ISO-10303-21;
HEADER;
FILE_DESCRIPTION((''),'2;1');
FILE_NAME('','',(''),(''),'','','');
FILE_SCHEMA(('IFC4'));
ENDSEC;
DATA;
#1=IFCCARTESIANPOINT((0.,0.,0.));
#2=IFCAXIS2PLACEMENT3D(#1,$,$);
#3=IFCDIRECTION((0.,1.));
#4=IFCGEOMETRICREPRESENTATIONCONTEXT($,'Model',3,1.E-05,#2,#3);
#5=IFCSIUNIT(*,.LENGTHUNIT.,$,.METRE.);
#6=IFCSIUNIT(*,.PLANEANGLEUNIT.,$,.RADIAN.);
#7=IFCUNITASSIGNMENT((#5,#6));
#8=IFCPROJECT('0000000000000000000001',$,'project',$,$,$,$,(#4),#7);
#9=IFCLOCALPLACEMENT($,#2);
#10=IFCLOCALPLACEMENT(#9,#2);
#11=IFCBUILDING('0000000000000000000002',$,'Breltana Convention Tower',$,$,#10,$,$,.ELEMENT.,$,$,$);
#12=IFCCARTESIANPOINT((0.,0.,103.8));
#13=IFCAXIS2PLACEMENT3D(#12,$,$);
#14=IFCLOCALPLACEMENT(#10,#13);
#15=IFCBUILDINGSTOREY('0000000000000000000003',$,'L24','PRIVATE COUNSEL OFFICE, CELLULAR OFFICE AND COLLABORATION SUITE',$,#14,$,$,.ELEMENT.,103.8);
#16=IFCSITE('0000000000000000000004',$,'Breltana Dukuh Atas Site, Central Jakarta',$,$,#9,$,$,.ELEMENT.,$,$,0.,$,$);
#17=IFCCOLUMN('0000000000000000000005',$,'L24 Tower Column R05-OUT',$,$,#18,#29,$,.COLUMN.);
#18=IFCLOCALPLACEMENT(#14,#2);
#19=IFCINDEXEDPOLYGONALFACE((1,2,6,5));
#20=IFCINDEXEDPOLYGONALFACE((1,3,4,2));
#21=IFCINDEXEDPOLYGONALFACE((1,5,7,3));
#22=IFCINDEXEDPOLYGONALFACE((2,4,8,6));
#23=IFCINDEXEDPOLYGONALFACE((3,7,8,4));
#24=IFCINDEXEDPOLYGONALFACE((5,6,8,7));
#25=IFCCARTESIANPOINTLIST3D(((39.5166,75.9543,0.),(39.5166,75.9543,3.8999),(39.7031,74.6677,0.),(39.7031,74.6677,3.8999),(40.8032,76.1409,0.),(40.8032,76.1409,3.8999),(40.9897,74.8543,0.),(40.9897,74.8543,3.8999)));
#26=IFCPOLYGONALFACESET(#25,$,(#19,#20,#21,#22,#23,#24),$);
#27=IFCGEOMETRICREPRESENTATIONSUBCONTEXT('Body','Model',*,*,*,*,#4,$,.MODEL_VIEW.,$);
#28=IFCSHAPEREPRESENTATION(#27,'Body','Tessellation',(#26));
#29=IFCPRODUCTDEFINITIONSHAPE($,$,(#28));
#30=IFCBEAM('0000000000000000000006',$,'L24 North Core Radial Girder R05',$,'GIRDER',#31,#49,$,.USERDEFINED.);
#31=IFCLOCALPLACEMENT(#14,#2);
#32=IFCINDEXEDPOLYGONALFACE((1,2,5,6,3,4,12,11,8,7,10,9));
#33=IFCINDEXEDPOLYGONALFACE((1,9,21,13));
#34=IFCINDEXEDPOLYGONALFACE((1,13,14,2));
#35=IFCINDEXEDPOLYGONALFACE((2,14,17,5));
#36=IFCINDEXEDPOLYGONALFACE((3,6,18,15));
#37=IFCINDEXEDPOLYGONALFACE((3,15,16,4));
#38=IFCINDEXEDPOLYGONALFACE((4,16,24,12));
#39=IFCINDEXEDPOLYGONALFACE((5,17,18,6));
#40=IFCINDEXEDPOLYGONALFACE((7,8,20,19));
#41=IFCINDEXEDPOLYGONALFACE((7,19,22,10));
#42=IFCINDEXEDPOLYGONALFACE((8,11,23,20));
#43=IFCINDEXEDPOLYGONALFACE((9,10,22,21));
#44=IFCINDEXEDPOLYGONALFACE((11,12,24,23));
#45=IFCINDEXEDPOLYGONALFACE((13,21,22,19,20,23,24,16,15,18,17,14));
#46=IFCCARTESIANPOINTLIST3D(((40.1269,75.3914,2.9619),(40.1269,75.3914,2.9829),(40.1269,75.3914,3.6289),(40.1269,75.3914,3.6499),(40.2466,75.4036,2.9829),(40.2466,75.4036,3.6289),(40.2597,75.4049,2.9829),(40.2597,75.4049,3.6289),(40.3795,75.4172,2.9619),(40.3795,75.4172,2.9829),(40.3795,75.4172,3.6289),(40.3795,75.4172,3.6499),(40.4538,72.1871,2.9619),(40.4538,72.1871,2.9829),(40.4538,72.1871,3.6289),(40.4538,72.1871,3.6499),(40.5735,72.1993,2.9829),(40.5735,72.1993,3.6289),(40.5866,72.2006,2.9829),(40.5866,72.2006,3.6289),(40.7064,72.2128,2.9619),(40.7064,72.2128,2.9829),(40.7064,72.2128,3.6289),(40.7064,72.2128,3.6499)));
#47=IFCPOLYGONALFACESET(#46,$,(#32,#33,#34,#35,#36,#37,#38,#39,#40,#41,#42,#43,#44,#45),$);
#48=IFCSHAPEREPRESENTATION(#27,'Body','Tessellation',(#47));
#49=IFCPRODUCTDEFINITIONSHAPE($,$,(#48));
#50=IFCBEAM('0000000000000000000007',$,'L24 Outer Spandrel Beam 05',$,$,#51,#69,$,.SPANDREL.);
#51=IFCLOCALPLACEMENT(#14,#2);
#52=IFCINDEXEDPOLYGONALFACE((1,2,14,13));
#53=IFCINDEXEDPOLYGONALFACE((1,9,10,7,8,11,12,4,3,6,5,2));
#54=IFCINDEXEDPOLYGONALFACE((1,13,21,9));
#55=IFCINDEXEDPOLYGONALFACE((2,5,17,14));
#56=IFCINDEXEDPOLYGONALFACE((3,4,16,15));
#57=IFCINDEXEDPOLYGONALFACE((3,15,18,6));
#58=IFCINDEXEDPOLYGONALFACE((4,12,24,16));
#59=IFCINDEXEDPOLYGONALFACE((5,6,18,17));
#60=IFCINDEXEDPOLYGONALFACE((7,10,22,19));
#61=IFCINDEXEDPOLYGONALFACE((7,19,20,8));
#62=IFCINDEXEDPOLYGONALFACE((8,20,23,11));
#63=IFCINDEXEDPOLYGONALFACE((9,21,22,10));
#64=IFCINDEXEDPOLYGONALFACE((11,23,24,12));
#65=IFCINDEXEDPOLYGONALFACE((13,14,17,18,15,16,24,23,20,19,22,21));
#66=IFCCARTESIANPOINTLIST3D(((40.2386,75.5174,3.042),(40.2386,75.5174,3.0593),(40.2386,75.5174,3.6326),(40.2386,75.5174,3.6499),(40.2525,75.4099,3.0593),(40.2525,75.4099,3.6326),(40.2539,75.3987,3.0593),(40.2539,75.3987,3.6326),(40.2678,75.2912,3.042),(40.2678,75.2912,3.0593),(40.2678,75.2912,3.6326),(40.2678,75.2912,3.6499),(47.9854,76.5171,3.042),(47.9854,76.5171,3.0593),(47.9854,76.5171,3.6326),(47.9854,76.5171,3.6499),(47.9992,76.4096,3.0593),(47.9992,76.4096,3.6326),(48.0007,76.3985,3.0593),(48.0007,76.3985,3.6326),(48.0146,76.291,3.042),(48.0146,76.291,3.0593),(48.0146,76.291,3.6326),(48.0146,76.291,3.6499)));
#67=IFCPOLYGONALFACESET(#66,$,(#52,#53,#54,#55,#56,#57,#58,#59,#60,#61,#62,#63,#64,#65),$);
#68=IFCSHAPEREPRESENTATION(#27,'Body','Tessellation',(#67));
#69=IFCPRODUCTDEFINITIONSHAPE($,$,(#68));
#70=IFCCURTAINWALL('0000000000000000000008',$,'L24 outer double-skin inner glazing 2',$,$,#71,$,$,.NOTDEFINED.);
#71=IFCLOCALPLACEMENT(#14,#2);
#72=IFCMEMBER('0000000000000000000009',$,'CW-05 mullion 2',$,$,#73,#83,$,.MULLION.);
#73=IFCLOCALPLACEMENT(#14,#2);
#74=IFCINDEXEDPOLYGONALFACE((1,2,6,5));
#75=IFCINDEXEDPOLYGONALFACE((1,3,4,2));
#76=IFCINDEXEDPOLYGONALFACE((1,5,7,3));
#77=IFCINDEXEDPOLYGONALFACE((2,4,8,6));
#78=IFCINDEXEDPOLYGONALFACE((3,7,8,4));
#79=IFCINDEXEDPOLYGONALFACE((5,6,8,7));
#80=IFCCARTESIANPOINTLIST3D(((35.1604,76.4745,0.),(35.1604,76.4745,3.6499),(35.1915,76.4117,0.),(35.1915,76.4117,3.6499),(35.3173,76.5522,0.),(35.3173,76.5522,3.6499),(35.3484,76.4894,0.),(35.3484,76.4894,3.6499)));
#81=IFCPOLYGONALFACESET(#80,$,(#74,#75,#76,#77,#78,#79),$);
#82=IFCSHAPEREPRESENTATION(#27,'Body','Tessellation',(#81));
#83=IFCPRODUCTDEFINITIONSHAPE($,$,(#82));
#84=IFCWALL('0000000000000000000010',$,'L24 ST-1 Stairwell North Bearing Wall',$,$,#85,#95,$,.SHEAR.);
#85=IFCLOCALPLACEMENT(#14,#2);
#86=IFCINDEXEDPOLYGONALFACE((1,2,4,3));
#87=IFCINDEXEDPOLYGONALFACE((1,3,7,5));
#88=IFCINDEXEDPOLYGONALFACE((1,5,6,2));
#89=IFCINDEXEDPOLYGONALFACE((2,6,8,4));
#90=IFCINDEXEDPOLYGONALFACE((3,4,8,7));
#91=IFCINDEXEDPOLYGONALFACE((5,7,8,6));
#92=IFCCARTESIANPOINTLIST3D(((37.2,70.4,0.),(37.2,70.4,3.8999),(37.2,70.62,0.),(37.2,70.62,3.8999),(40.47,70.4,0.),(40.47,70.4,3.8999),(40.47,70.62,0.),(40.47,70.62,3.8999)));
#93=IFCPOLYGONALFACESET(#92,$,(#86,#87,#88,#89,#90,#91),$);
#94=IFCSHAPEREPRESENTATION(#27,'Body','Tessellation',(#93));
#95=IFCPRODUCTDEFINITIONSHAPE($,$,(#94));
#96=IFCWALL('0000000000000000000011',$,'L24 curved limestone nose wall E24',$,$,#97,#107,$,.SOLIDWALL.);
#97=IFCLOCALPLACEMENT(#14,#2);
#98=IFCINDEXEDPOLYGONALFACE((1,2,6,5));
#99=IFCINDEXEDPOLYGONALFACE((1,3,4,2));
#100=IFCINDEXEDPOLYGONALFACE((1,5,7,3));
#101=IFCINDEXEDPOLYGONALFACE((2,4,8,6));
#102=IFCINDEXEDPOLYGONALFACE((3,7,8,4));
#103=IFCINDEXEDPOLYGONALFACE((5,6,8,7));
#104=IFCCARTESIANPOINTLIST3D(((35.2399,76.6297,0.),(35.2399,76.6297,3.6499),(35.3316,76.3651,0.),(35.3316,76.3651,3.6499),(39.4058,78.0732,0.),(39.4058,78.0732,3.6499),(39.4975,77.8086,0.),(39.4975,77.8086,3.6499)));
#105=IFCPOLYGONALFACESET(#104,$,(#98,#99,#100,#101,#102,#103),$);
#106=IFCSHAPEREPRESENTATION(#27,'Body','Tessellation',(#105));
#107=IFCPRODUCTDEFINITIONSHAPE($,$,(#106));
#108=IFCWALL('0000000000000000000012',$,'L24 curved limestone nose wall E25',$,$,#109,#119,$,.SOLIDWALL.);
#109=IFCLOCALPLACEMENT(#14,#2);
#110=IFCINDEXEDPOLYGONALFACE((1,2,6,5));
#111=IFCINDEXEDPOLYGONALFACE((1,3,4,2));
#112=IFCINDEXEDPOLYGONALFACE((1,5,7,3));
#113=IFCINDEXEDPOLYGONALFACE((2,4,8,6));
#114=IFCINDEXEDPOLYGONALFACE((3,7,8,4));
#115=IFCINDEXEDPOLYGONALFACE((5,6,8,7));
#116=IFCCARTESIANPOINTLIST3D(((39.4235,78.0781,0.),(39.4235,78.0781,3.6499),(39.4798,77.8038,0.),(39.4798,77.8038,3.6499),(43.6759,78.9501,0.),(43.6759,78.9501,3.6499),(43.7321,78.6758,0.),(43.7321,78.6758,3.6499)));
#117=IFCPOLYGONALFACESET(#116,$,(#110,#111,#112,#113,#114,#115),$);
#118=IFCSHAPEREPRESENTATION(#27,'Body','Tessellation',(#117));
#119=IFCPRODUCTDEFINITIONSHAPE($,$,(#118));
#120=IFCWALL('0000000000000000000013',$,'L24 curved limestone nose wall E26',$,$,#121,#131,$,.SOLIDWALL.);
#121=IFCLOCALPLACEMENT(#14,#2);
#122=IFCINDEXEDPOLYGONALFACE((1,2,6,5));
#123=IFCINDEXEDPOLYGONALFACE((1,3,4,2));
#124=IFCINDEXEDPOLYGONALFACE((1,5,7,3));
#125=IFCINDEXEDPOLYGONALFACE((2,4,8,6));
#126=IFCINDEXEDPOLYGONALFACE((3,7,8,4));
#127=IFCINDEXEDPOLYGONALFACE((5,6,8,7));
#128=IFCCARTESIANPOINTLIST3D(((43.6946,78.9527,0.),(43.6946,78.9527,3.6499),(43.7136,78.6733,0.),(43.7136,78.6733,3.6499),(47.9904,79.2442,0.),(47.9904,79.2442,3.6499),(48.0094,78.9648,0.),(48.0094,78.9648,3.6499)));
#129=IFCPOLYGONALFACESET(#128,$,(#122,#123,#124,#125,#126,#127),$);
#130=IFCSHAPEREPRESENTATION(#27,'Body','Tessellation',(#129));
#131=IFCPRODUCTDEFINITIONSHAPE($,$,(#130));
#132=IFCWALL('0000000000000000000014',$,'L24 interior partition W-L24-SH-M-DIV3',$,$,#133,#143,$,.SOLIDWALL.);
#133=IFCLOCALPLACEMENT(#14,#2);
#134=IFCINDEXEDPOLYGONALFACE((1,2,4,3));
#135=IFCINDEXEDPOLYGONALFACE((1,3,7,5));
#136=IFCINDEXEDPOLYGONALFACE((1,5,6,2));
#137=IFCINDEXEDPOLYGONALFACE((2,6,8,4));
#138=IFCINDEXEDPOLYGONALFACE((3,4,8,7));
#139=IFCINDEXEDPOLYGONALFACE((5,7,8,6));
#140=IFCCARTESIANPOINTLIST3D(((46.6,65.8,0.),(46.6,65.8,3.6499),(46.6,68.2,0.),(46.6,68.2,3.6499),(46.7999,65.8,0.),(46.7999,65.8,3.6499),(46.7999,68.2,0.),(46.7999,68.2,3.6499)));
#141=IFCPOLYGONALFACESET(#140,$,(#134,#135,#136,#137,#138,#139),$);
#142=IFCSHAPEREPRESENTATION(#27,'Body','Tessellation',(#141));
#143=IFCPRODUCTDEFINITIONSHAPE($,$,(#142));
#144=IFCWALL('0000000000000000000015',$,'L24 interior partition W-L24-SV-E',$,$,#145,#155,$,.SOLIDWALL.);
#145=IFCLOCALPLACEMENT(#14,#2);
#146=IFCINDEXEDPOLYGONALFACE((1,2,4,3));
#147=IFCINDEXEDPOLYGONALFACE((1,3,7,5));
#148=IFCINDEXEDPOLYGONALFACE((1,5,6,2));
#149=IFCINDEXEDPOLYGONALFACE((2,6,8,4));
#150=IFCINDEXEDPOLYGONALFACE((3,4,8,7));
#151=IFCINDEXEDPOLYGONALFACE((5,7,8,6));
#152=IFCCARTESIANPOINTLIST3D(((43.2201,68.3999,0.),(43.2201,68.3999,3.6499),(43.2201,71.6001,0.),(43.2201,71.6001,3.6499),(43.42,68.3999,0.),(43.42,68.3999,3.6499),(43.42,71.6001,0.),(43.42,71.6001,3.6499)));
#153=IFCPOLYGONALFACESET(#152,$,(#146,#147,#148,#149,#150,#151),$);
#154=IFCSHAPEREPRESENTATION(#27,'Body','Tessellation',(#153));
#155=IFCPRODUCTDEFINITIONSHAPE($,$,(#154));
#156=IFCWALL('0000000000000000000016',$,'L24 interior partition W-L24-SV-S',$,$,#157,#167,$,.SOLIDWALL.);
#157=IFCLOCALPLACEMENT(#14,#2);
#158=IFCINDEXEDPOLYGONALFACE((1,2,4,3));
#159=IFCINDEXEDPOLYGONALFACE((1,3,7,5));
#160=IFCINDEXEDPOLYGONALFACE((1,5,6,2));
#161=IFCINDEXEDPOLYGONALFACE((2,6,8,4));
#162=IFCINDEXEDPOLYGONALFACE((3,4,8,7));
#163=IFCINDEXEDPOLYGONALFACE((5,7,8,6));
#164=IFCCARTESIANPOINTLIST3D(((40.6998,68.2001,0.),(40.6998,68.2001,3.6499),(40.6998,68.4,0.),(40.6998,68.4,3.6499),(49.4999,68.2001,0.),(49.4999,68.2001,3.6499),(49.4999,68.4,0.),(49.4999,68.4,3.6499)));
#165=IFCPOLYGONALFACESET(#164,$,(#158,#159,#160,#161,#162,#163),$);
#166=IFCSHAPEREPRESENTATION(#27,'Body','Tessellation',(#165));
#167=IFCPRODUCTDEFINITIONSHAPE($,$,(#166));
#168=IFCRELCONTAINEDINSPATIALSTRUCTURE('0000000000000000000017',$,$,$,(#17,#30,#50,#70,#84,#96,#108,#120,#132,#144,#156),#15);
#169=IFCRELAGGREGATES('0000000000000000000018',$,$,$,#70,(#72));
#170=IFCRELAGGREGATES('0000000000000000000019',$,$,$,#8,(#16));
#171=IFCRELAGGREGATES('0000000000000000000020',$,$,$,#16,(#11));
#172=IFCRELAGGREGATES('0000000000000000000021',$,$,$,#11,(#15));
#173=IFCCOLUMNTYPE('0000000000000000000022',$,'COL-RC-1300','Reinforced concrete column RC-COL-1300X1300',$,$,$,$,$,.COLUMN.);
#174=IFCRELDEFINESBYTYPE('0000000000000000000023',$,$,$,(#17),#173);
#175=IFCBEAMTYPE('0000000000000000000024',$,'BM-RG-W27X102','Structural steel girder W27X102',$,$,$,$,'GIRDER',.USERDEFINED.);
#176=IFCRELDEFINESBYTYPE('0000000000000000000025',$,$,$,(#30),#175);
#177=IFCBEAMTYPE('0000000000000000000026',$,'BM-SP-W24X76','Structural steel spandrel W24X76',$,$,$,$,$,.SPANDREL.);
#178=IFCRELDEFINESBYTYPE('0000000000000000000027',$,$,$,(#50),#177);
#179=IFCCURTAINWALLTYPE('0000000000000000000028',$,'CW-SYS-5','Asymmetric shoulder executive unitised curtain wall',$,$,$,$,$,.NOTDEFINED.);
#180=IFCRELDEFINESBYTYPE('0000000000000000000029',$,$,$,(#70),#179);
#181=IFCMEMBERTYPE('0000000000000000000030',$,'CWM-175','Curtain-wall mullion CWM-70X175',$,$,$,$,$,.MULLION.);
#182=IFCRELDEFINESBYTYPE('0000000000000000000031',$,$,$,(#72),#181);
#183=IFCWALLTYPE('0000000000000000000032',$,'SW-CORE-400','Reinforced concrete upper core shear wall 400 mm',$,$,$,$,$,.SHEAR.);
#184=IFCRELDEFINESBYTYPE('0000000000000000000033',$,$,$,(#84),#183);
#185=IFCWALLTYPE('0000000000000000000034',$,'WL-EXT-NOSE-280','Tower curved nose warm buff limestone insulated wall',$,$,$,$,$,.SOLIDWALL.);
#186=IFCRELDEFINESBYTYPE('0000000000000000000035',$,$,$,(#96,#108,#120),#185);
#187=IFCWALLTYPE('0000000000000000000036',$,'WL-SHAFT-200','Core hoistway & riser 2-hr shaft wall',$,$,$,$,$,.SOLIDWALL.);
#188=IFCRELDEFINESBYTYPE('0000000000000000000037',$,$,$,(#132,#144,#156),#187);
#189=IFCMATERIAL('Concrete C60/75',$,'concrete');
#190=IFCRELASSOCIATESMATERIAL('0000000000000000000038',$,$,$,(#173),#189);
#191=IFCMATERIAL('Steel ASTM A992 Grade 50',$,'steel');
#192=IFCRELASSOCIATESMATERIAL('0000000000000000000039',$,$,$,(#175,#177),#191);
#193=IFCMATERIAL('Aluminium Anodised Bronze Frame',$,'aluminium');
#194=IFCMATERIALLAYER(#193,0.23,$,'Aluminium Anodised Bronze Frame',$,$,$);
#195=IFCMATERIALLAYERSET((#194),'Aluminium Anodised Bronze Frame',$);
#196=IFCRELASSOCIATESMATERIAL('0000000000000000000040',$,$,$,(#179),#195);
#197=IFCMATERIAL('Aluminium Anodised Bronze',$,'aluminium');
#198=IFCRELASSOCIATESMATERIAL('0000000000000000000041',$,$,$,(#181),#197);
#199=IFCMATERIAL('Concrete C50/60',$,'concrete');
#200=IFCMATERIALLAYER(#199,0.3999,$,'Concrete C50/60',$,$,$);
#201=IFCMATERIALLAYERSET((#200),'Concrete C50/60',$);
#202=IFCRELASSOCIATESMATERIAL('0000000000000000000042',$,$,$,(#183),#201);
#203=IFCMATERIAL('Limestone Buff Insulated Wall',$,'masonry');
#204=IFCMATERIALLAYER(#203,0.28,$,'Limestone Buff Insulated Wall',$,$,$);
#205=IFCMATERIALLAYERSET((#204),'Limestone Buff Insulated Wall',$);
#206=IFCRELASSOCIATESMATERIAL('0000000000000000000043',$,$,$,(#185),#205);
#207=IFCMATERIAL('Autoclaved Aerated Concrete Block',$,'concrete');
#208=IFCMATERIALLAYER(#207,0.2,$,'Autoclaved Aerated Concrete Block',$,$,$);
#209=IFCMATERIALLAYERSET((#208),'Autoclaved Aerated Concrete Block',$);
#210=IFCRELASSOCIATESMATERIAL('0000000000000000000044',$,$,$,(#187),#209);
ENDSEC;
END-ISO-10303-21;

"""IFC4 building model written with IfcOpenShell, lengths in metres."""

from ifc_helpers import new_model, si_unit, direction, frame, frame_2d, origin, origin_2d, place, context, subcontext, project, spatial, rectangle, i_section, extrude, source, transform, mapped, material, layer, layer_set, material_profile, profile_set, type_object, element, aggregate, save


model = new_model("IFC4")

# Units and contexts
model_context = context("Model", 3, precision=1e-05, world=origin(), true_north=direction((0.0, 1.0)))
body_context = subcontext(model_context, "Body", "Model", "MODEL_VIEW")
ifc_project = project(units=[si_unit("LENGTHUNIT", "METRE"), si_unit("PLANEANGLEUNIT", "RADIAN")], contexts=[model_context])

# Site, building, storey
site_placement = place(None, origin())
site = spatial("IfcSite", under=ifc_project, at=site_placement, Name="Breltana Dukuh Atas Site, Central Jakarta", CompositionType="ELEMENT", RefElevation=0.0)
building_placement = place(site_placement, origin())
building = spatial("IfcBuilding", under=site, at=building_placement, Name="Breltana Convention Tower", CompositionType="ELEMENT")
storey_placement = place(building_placement, frame((0.0, 0.0, 103.8)))
storey = spatial("IfcBuildingStorey", under=building, at=storey_placement, Name="L24", Description="PRIVATE COUNSEL OFFICE, CELLULAR OFFICE AND COLLABORATION SUITE", CompositionType="ELEMENT", Elevation=103.8)

# Column
ifc_material_1 = material(Name="Concrete C60/75", Category="concrete")
ifc_material_profile_1 = material_profile(ifc_material_1, rectangle(XDim=1.3, YDim=1.3, at=origin_2d()), Name="RC-COL-1300X1300")
ifc_profile_set_1 = profile_set([ifc_material_profile_1], Name="Concrete C60/75")
column_type = type_object("IfcColumnType", Name="COL-RC-1300", Description="Reinforced concrete column RC-COL-1300X1300", PredefinedType="COLUMN", material=ifc_profile_set_1)
shared_shape_1 = source(origin(), body_context, "Body", "SweptSolid", [
    extrude(rectangle(XDim=1.3, YDim=1.3, at=origin_2d()), origin(), (0.0, 0.0, 1.0), 3.8999),
])
column_placement = place(storey_placement, frame((40.2532, 75.4043, 0.0), z_axis=(0.0, 0.0, 1.0), x_axis=(-0.143493, 0.989651, 0.0)))
element("IfcColumn", 1, at=column_placement, inside=storey, type_object=column_type, Name="L24 Tower Column R05-OUT", PredefinedType="COLUMN", context=body_context, shape_type="MappedRepresentation", body=[
    mapped(shared_shape_1, transform((0.0, 0.0, 0.0), scale=1.0)),
])

# Beams
ifc_material_2 = material(Name="Steel ASTM A992 Grade 50", Category="steel")
ifc_material_profile_2 = material_profile(ifc_material_2, i_section(OverallWidth=0.2539, OverallDepth=0.688, WebThickness=0.0132, FlangeThickness=0.021, at=origin_2d()), Name="W27X102")
ifc_profile_set_2 = profile_set([ifc_material_profile_2], Name="Steel ASTM A992 Grade 50")
beam_type_1 = type_object("IfcBeamType", Name="BM-RG-W27X102", Description="Structural steel girder W27X102", ElementType="GIRDER", PredefinedType="USERDEFINED", material=ifc_profile_set_2)
shared_shape_2 = source(origin(), body_context, "Body", "SweptSolid", [
    extrude(i_section(OverallWidth=0.2539, OverallDepth=0.688, WebThickness=0.0132, FlangeThickness=0.021, at=origin_2d()), origin(), (0.0, 0.0, 1.0), 3.2209),
])
beam_1_placement = place(storey_placement, frame((40.5801, 72.2, 3.3059), z_axis=(-0.101492, 0.994836, 0.0), x_axis=(-0.994836, -0.101492, 0.0)))
element("IfcBeam", 2, at=beam_1_placement, inside=storey, type_object=beam_type_1, Name="L24 North Core Radial Girder R05", ObjectType="GIRDER", PredefinedType="USERDEFINED", context=body_context, shape_type="MappedRepresentation", body=[
    mapped(shared_shape_2, transform((0.0, 0.0, 0.0), scale=1.0)),
])
ifc_material_profile_3 = material_profile(ifc_material_2, i_section(OverallWidth=0.228, OverallDepth=0.6079, WebThickness=0.0112, FlangeThickness=0.0173, at=origin_2d()), Name="W24X76")
ifc_profile_set_3 = profile_set([ifc_material_profile_3], Name="Steel ASTM A992 Grade 50")
beam_type_2 = type_object("IfcBeamType", Name="BM-SP-W24X76", Description="Structural steel spandrel W24X76", PredefinedType="SPANDREL", material=ifc_profile_set_3)
shared_shape_3 = source(origin(), body_context, "Body", "SweptSolid", [
    extrude(i_section(OverallWidth=0.228, OverallDepth=0.6079, WebThickness=0.0112, FlangeThickness=0.0173, at=origin_2d()), origin(), (0.0, 0.0, 1.0), 7.811),
])
beam_2_placement = place(storey_placement, frame((40.2532, 75.4043, 3.3459), z_axis=(0.991775, 0.127992, 0.0), x_axis=(-0.127992, 0.991775, 0.0)))
element("IfcBeam", 3, at=beam_2_placement, inside=storey, type_object=beam_type_2, Name="L24 Outer Spandrel Beam 05", PredefinedType="SPANDREL", context=body_context, shape_type="MappedRepresentation", body=[
    mapped(shared_shape_3, transform((0.0, 0.0, 0.0), scale=1.0)),
])

# Curtain wall, member
ifc_material_3 = material(Name="Aluminium Anodised Bronze Frame", Category="aluminium")
ifc_layer_1 = layer(ifc_material_3, 0.23, Name="Aluminium Anodised Bronze Frame")
ifc_layer_set_1 = layer_set([ifc_layer_1], Name="Aluminium Anodised Bronze Frame")
curtain_wall_type = type_object("IfcCurtainWallType", Name="CW-SYS-5", Description="Asymmetric shoulder executive unitised curtain wall", PredefinedType="NOTDEFINED", material=ifc_layer_set_1)
curtain_wall_placement = place(storey_placement, origin())
curtain_wall = element("IfcCurtainWall", 4, at=curtain_wall_placement, inside=storey, type_object=curtain_wall_type, Name="L24 outer double-skin inner glazing 2", PredefinedType="NOTDEFINED")
ifc_material_4 = material(Name="Aluminium Anodised Bronze", Category="aluminium")
ifc_material_profile_4 = material_profile(ifc_material_4, rectangle(XDim=0.0701, YDim=0.175, at=origin_2d()), Name="CWM-70X175")
ifc_profile_set_4 = profile_set([ifc_material_profile_4], Name="Aluminium Anodised Bronze")
member_type = type_object("IfcMemberType", Name="CWM-175", Description="Curtain-wall mullion CWM-70X175", PredefinedType="MULLION", material=ifc_profile_set_4)
shared_shape_4 = source(origin(), body_context, "Body", "SweptSolid", [
    extrude(rectangle(XDim=0.0701, YDim=0.175, at=origin_2d()), origin(), (0.0, 0.0, 1.0), 3.6499),
])
member_placement = place(storey_placement, frame((35.2544, 76.4819, 0.0), z_axis=(0.0, 0.0, 1.0), x_axis=(-0.444122, 0.895967, 0.0)))
member = element("IfcMember", 5, at=member_placement, type_object=member_type, Name="CW-05 mullion 2", PredefinedType="MULLION", context=body_context, shape_type="MappedRepresentation", body=[
    mapped(shared_shape_4, transform((0.0, 0.0, 0.0), scale=1.0)),
])
aggregate(curtain_wall, [member])

# Walls
ifc_material_5 = material(Name="Concrete C50/60", Category="concrete")
ifc_layer_2 = layer(ifc_material_5, 0.3999, Name="Concrete C50/60")
ifc_layer_set_2 = layer_set([ifc_layer_2], Name="Concrete C50/60")
wall_type_1 = type_object("IfcWallType", Name="SW-CORE-400", Description="Reinforced concrete upper core shear wall 400 mm", PredefinedType="SHEAR", material=ifc_layer_set_2)
shared_shape_5 = source(origin(), body_context, "Body", "SweptSolid", [
    extrude(rectangle(XDim=3.27, YDim=0.22, at=frame_2d((1.635, 0.0))), origin(), (0.0, 0.0, 1.0), 3.8999),
])
wall_1_placement = place(storey_placement, frame((37.2, 70.51, 0.0), z_axis=(0.0, 0.0, 1.0), x_axis=(1.0, 0.0, 0.0)))
element("IfcWall", 6, at=wall_1_placement, inside=storey, type_object=wall_type_1, Name="L24 ST-1 Stairwell North Bearing Wall", PredefinedType="SHEAR", context=body_context, shape_type="MappedRepresentation", body=[
    mapped(shared_shape_5, transform((0.0, 0.0, 0.0), scale=1.0)),
])
ifc_material_6 = material(Name="Limestone Buff Insulated Wall", Category="masonry")
ifc_layer_3 = layer(ifc_material_6, 0.28, Name="Limestone Buff Insulated Wall")
ifc_layer_set_3 = layer_set([ifc_layer_3], Name="Limestone Buff Insulated Wall")
wall_type_2 = type_object("IfcWallType", Name="WL-EXT-NOSE-280", Description="Tower curved nose warm buff limestone insulated wall", PredefinedType="SOLIDWALL", material=ifc_layer_set_3)
shared_shape_6 = source(origin(), body_context, "Body", "SweptSolid", [
    extrude(rectangle(XDim=4.4089, YDim=0.28, at=frame_2d((2.2046, 0.0))), origin(), (0.0, 0.0, 1.0), 3.6499),
])
wall_2_placement = place(storey_placement, frame((35.2856, 76.4973, 0.0), z_axis=(0.0, 0.0, 1.0), x_axis=(0.944879, 0.327419, 0.0)))
element("IfcWall", 7, at=wall_2_placement, inside=storey, type_object=wall_type_2, Name="L24 curved limestone nose wall E24", PredefinedType="SOLIDWALL", context=body_context, shape_type="MappedRepresentation", body=[
    mapped(shared_shape_6, transform((0.0, 0.0, 0.0), scale=1.0)),
])
shared_shape_7 = source(origin(), body_context, "Body", "SweptSolid", [
    extrude(rectangle(XDim=4.3408, YDim=0.28, at=frame_2d((2.1704, 0.0))), origin(), (0.0, 0.0, 1.0), 3.6499),
])
wall_3_placement = place(storey_placement, frame((39.4517, 77.9409, 0.0), z_axis=(0.0, 0.0, 1.0), x_axis=(0.979613, 0.200894, 0.0)))
element("IfcWall", 8, at=wall_3_placement, inside=storey, type_object=wall_type_2, Name="L24 curved limestone nose wall E25", PredefinedType="SOLIDWALL", context=body_context, shape_type="MappedRepresentation", body=[
    mapped(shared_shape_7, transform((0.0, 0.0, 0.0), scale=1.0)),
])
shared_shape_8 = source(origin(), body_context, "Body", "SweptSolid", [
    extrude(rectangle(XDim=4.3057, YDim=0.28, at=frame_2d((2.1528, 0.0))), origin(), (0.0, 0.0, 1.0), 3.6499),
])
wall_4_placement = place(storey_placement, frame((43.7041, 78.813, 0.0), z_axis=(0.0, 0.0, 1.0), x_axis=(0.997706, 0.067701, 0.0)))
element("IfcWall", 9, at=wall_4_placement, inside=storey, type_object=wall_type_2, Name="L24 curved limestone nose wall E26", PredefinedType="SOLIDWALL", context=body_context, shape_type="MappedRepresentation", body=[
    mapped(shared_shape_8, transform((0.0, 0.0, 0.0), scale=1.0)),
])
ifc_material_7 = material(Name="Autoclaved Aerated Concrete Block", Category="concrete")
ifc_layer_4 = layer(ifc_material_7, 0.2, Name="Autoclaved Aerated Concrete Block")
ifc_layer_set_4 = layer_set([ifc_layer_4], Name="Autoclaved Aerated Concrete Block")
wall_type_3 = type_object("IfcWallType", Name="WL-SHAFT-200", Description="Core hoistway & riser 2-hr shaft wall", PredefinedType="SOLIDWALL", material=ifc_layer_set_4)
shared_shape_9 = source(origin(), body_context, "Body", "SweptSolid", [
    extrude(rectangle(XDim=2.3999, YDim=0.2, at=frame_2d((1.2, 0.0))), origin(), (0.0, 0.0, 1.0), 3.6499),
])
wall_5_placement = place(storey_placement, frame((46.7, 65.8, 0.0), z_axis=(0.0, 0.0, 1.0), x_axis=(0.0, 1.0, 0.0)))
element("IfcWall", 10, at=wall_5_placement, inside=storey, type_object=wall_type_3, Name="L24 interior partition W-L24-SH-M-DIV3", PredefinedType="SOLIDWALL", context=body_context, shape_type="MappedRepresentation", body=[
    mapped(shared_shape_9, transform((0.0, 0.0, 0.0), scale=1.0)),
])
shared_shape_10 = source(origin(), body_context, "Body", "SweptSolid", [
    extrude(rectangle(XDim=3.2002, YDim=0.2, at=frame_2d((1.6001, 0.0))), origin(), (0.0, 0.0, 1.0), 3.6499),
])
wall_6_placement = place(storey_placement, frame((43.3201, 68.3999, 0.0), z_axis=(0.0, 0.0, 1.0), x_axis=(0.0, 1.0, 0.0)))
element("IfcWall", 11, at=wall_6_placement, inside=storey, type_object=wall_type_3, Name="L24 interior partition W-L24-SV-E", PredefinedType="SOLIDWALL", context=body_context, shape_type="MappedRepresentation", body=[
    mapped(shared_shape_10, transform((0.0, 0.0, 0.0), scale=1.0)),
])
shared_shape_11 = source(origin(), body_context, "Body", "SweptSolid", [
    extrude(rectangle(XDim=8.8, YDim=0.2, at=frame_2d((4.3999, 0.0))), origin(), (0.0, 0.0, 1.0), 3.6499),
])
wall_7_placement = place(storey_placement, frame((40.7, 68.3, 0.0), z_axis=(0.0, 0.0, 1.0), x_axis=(1.0, 0.0, 0.0)))
element("IfcWall", 12, at=wall_7_placement, inside=storey, type_object=wall_type_3, Name="L24 interior partition W-L24-SV-S", PredefinedType="SOLIDWALL", context=body_context, shape_type="MappedRepresentation", body=[
    mapped(shared_shape_11, transform((0.0, 0.0, 0.0), scale=1.0)),
])

save(model, "model.ifc")
